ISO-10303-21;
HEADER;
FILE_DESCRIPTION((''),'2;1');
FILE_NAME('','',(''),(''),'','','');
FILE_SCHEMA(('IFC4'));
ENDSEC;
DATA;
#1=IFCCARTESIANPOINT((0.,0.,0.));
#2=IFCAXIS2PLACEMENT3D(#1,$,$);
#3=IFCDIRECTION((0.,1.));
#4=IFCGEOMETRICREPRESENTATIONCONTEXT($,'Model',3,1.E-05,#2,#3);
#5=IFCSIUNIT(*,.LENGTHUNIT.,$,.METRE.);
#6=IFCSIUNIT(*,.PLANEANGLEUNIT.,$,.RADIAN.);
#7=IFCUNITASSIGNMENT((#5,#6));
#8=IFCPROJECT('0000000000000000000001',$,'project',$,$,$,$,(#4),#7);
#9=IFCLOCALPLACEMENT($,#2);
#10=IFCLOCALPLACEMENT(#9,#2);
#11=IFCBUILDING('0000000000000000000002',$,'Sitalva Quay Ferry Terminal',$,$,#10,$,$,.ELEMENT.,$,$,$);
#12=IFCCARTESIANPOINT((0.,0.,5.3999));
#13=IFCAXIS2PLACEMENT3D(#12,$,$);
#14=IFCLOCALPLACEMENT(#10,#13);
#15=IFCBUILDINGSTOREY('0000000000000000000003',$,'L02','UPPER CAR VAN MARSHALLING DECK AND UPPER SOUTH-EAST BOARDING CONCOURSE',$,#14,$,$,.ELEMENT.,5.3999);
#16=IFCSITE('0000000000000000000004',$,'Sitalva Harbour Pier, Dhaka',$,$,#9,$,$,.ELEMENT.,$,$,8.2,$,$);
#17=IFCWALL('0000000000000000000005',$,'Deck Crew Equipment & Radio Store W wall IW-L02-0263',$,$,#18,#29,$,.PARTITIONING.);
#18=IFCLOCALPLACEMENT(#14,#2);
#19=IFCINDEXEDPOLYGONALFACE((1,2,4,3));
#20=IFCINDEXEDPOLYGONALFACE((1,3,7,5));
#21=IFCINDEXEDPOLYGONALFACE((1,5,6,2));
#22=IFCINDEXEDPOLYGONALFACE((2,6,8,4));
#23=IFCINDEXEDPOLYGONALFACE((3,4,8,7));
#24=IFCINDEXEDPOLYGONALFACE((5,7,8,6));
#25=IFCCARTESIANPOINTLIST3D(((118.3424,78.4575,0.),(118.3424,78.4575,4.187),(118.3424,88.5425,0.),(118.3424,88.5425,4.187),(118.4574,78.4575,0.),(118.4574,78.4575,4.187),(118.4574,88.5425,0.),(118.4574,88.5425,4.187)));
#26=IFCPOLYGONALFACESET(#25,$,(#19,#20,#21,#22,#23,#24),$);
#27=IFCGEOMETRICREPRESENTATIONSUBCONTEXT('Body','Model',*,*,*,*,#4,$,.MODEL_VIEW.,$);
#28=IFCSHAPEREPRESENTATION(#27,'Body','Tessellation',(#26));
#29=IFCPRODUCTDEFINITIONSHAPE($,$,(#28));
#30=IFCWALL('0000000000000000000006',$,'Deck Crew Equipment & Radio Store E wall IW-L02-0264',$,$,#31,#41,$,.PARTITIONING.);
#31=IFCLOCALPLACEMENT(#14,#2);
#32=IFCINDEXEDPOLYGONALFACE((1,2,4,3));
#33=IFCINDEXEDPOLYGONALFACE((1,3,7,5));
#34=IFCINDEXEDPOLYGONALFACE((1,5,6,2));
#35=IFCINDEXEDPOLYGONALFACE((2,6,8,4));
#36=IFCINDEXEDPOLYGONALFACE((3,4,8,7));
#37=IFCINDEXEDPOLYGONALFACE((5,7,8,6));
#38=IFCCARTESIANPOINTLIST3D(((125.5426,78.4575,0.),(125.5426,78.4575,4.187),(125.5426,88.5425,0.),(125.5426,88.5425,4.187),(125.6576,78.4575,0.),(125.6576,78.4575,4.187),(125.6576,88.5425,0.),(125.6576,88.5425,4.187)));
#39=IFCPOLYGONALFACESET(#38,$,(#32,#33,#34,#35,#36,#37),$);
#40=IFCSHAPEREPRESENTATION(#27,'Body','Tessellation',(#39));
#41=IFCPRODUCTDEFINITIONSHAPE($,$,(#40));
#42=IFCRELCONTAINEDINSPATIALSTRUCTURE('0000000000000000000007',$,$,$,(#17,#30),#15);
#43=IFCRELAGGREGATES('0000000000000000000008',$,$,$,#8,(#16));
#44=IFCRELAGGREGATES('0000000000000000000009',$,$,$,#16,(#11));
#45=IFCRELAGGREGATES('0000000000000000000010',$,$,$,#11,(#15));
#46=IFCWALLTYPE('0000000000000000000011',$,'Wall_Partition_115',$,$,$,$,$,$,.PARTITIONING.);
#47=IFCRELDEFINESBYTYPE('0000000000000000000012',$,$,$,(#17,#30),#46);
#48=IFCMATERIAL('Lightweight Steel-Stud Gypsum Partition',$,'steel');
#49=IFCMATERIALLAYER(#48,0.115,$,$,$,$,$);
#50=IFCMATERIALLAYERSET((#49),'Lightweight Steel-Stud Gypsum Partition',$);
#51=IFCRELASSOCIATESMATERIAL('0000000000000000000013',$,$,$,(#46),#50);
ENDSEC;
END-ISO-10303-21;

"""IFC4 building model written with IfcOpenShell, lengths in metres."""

from ifc_helpers import new_model, si_unit, direction, frame, frame_2d, origin, place, context, subcontext, project, spatial, rectangle, extrude, material, layer, layer_set, type_object, element, save


model = new_model("IFC4")

# Units and contexts
model_context = context("Model", 3, precision=1e-05, world=origin(), true_north=direction((0.0, 1.0)))
body_context = subcontext(model_context, "Body", "Model", "MODEL_VIEW")
ifc_project = project(units=[si_unit("LENGTHUNIT", "METRE"), si_unit("PLANEANGLEUNIT", "RADIAN")], contexts=[model_context])

# Site, building, storey
site_placement = place(None, origin())
site = spatial("IfcSite", under=ifc_project, at=site_placement, Name="Sitalva Harbour Pier, Dhaka", CompositionType="ELEMENT", RefElevation=8.2)
building_placement = place(site_placement, origin())
building = spatial("IfcBuilding", under=site, at=building_placement, Name="Sitalva Quay Ferry Terminal", CompositionType="ELEMENT")
storey_placement = place(building_placement, frame((0.0, 0.0, 5.3999)))
storey = spatial("IfcBuildingStorey", under=building, at=storey_placement, Name="L02", Description="UPPER CAR VAN MARSHALLING DECK AND UPPER SOUTH-EAST BOARDING CONCOURSE", CompositionType="ELEMENT", Elevation=5.3999)

# Walls
ifc_material_1 = material(Name="Lightweight Steel-Stud Gypsum Partition", Category="steel")
ifc_layer = layer(ifc_material_1, 0.115)
ifc_layer_set = layer_set([ifc_layer], Name="Lightweight Steel-Stud Gypsum Partition")
wall_type = type_object("IfcWallType", Name="Wall_Partition_115", PredefinedType="PARTITIONING", material=ifc_layer_set)
for number, where, z_axis, x_axis, name in (
    (1, (118.3999, 78.4575, 0.0), (0.0, 0.0, 1.0), (0.0, 1.0, 0.0), "Deck Crew Equipment & Radio Store W wall IW-L02-0263"),
    (2, (125.6001, 78.4575, 0.0), (0.0, 0.0, 1.0), (0.0, 1.0, 0.0), "Deck Crew Equipment & Radio Store E wall IW-L02-0264"),
):
    element("IfcWall", number, at=place(storey_placement, frame(where, z_axis=z_axis, x_axis=x_axis)), inside=storey, type_object=wall_type, Name=name, PredefinedType="PARTITIONING", context=body_context, shape_type="SweptSolid", body=[
        extrude(rectangle(XDim=10.085, YDim=0.115, at=frame_2d((5.0425, 0.0))), origin(), (0.0, 0.0, 1.0), 4.187),
    ])

save(model, "model.ifc")
